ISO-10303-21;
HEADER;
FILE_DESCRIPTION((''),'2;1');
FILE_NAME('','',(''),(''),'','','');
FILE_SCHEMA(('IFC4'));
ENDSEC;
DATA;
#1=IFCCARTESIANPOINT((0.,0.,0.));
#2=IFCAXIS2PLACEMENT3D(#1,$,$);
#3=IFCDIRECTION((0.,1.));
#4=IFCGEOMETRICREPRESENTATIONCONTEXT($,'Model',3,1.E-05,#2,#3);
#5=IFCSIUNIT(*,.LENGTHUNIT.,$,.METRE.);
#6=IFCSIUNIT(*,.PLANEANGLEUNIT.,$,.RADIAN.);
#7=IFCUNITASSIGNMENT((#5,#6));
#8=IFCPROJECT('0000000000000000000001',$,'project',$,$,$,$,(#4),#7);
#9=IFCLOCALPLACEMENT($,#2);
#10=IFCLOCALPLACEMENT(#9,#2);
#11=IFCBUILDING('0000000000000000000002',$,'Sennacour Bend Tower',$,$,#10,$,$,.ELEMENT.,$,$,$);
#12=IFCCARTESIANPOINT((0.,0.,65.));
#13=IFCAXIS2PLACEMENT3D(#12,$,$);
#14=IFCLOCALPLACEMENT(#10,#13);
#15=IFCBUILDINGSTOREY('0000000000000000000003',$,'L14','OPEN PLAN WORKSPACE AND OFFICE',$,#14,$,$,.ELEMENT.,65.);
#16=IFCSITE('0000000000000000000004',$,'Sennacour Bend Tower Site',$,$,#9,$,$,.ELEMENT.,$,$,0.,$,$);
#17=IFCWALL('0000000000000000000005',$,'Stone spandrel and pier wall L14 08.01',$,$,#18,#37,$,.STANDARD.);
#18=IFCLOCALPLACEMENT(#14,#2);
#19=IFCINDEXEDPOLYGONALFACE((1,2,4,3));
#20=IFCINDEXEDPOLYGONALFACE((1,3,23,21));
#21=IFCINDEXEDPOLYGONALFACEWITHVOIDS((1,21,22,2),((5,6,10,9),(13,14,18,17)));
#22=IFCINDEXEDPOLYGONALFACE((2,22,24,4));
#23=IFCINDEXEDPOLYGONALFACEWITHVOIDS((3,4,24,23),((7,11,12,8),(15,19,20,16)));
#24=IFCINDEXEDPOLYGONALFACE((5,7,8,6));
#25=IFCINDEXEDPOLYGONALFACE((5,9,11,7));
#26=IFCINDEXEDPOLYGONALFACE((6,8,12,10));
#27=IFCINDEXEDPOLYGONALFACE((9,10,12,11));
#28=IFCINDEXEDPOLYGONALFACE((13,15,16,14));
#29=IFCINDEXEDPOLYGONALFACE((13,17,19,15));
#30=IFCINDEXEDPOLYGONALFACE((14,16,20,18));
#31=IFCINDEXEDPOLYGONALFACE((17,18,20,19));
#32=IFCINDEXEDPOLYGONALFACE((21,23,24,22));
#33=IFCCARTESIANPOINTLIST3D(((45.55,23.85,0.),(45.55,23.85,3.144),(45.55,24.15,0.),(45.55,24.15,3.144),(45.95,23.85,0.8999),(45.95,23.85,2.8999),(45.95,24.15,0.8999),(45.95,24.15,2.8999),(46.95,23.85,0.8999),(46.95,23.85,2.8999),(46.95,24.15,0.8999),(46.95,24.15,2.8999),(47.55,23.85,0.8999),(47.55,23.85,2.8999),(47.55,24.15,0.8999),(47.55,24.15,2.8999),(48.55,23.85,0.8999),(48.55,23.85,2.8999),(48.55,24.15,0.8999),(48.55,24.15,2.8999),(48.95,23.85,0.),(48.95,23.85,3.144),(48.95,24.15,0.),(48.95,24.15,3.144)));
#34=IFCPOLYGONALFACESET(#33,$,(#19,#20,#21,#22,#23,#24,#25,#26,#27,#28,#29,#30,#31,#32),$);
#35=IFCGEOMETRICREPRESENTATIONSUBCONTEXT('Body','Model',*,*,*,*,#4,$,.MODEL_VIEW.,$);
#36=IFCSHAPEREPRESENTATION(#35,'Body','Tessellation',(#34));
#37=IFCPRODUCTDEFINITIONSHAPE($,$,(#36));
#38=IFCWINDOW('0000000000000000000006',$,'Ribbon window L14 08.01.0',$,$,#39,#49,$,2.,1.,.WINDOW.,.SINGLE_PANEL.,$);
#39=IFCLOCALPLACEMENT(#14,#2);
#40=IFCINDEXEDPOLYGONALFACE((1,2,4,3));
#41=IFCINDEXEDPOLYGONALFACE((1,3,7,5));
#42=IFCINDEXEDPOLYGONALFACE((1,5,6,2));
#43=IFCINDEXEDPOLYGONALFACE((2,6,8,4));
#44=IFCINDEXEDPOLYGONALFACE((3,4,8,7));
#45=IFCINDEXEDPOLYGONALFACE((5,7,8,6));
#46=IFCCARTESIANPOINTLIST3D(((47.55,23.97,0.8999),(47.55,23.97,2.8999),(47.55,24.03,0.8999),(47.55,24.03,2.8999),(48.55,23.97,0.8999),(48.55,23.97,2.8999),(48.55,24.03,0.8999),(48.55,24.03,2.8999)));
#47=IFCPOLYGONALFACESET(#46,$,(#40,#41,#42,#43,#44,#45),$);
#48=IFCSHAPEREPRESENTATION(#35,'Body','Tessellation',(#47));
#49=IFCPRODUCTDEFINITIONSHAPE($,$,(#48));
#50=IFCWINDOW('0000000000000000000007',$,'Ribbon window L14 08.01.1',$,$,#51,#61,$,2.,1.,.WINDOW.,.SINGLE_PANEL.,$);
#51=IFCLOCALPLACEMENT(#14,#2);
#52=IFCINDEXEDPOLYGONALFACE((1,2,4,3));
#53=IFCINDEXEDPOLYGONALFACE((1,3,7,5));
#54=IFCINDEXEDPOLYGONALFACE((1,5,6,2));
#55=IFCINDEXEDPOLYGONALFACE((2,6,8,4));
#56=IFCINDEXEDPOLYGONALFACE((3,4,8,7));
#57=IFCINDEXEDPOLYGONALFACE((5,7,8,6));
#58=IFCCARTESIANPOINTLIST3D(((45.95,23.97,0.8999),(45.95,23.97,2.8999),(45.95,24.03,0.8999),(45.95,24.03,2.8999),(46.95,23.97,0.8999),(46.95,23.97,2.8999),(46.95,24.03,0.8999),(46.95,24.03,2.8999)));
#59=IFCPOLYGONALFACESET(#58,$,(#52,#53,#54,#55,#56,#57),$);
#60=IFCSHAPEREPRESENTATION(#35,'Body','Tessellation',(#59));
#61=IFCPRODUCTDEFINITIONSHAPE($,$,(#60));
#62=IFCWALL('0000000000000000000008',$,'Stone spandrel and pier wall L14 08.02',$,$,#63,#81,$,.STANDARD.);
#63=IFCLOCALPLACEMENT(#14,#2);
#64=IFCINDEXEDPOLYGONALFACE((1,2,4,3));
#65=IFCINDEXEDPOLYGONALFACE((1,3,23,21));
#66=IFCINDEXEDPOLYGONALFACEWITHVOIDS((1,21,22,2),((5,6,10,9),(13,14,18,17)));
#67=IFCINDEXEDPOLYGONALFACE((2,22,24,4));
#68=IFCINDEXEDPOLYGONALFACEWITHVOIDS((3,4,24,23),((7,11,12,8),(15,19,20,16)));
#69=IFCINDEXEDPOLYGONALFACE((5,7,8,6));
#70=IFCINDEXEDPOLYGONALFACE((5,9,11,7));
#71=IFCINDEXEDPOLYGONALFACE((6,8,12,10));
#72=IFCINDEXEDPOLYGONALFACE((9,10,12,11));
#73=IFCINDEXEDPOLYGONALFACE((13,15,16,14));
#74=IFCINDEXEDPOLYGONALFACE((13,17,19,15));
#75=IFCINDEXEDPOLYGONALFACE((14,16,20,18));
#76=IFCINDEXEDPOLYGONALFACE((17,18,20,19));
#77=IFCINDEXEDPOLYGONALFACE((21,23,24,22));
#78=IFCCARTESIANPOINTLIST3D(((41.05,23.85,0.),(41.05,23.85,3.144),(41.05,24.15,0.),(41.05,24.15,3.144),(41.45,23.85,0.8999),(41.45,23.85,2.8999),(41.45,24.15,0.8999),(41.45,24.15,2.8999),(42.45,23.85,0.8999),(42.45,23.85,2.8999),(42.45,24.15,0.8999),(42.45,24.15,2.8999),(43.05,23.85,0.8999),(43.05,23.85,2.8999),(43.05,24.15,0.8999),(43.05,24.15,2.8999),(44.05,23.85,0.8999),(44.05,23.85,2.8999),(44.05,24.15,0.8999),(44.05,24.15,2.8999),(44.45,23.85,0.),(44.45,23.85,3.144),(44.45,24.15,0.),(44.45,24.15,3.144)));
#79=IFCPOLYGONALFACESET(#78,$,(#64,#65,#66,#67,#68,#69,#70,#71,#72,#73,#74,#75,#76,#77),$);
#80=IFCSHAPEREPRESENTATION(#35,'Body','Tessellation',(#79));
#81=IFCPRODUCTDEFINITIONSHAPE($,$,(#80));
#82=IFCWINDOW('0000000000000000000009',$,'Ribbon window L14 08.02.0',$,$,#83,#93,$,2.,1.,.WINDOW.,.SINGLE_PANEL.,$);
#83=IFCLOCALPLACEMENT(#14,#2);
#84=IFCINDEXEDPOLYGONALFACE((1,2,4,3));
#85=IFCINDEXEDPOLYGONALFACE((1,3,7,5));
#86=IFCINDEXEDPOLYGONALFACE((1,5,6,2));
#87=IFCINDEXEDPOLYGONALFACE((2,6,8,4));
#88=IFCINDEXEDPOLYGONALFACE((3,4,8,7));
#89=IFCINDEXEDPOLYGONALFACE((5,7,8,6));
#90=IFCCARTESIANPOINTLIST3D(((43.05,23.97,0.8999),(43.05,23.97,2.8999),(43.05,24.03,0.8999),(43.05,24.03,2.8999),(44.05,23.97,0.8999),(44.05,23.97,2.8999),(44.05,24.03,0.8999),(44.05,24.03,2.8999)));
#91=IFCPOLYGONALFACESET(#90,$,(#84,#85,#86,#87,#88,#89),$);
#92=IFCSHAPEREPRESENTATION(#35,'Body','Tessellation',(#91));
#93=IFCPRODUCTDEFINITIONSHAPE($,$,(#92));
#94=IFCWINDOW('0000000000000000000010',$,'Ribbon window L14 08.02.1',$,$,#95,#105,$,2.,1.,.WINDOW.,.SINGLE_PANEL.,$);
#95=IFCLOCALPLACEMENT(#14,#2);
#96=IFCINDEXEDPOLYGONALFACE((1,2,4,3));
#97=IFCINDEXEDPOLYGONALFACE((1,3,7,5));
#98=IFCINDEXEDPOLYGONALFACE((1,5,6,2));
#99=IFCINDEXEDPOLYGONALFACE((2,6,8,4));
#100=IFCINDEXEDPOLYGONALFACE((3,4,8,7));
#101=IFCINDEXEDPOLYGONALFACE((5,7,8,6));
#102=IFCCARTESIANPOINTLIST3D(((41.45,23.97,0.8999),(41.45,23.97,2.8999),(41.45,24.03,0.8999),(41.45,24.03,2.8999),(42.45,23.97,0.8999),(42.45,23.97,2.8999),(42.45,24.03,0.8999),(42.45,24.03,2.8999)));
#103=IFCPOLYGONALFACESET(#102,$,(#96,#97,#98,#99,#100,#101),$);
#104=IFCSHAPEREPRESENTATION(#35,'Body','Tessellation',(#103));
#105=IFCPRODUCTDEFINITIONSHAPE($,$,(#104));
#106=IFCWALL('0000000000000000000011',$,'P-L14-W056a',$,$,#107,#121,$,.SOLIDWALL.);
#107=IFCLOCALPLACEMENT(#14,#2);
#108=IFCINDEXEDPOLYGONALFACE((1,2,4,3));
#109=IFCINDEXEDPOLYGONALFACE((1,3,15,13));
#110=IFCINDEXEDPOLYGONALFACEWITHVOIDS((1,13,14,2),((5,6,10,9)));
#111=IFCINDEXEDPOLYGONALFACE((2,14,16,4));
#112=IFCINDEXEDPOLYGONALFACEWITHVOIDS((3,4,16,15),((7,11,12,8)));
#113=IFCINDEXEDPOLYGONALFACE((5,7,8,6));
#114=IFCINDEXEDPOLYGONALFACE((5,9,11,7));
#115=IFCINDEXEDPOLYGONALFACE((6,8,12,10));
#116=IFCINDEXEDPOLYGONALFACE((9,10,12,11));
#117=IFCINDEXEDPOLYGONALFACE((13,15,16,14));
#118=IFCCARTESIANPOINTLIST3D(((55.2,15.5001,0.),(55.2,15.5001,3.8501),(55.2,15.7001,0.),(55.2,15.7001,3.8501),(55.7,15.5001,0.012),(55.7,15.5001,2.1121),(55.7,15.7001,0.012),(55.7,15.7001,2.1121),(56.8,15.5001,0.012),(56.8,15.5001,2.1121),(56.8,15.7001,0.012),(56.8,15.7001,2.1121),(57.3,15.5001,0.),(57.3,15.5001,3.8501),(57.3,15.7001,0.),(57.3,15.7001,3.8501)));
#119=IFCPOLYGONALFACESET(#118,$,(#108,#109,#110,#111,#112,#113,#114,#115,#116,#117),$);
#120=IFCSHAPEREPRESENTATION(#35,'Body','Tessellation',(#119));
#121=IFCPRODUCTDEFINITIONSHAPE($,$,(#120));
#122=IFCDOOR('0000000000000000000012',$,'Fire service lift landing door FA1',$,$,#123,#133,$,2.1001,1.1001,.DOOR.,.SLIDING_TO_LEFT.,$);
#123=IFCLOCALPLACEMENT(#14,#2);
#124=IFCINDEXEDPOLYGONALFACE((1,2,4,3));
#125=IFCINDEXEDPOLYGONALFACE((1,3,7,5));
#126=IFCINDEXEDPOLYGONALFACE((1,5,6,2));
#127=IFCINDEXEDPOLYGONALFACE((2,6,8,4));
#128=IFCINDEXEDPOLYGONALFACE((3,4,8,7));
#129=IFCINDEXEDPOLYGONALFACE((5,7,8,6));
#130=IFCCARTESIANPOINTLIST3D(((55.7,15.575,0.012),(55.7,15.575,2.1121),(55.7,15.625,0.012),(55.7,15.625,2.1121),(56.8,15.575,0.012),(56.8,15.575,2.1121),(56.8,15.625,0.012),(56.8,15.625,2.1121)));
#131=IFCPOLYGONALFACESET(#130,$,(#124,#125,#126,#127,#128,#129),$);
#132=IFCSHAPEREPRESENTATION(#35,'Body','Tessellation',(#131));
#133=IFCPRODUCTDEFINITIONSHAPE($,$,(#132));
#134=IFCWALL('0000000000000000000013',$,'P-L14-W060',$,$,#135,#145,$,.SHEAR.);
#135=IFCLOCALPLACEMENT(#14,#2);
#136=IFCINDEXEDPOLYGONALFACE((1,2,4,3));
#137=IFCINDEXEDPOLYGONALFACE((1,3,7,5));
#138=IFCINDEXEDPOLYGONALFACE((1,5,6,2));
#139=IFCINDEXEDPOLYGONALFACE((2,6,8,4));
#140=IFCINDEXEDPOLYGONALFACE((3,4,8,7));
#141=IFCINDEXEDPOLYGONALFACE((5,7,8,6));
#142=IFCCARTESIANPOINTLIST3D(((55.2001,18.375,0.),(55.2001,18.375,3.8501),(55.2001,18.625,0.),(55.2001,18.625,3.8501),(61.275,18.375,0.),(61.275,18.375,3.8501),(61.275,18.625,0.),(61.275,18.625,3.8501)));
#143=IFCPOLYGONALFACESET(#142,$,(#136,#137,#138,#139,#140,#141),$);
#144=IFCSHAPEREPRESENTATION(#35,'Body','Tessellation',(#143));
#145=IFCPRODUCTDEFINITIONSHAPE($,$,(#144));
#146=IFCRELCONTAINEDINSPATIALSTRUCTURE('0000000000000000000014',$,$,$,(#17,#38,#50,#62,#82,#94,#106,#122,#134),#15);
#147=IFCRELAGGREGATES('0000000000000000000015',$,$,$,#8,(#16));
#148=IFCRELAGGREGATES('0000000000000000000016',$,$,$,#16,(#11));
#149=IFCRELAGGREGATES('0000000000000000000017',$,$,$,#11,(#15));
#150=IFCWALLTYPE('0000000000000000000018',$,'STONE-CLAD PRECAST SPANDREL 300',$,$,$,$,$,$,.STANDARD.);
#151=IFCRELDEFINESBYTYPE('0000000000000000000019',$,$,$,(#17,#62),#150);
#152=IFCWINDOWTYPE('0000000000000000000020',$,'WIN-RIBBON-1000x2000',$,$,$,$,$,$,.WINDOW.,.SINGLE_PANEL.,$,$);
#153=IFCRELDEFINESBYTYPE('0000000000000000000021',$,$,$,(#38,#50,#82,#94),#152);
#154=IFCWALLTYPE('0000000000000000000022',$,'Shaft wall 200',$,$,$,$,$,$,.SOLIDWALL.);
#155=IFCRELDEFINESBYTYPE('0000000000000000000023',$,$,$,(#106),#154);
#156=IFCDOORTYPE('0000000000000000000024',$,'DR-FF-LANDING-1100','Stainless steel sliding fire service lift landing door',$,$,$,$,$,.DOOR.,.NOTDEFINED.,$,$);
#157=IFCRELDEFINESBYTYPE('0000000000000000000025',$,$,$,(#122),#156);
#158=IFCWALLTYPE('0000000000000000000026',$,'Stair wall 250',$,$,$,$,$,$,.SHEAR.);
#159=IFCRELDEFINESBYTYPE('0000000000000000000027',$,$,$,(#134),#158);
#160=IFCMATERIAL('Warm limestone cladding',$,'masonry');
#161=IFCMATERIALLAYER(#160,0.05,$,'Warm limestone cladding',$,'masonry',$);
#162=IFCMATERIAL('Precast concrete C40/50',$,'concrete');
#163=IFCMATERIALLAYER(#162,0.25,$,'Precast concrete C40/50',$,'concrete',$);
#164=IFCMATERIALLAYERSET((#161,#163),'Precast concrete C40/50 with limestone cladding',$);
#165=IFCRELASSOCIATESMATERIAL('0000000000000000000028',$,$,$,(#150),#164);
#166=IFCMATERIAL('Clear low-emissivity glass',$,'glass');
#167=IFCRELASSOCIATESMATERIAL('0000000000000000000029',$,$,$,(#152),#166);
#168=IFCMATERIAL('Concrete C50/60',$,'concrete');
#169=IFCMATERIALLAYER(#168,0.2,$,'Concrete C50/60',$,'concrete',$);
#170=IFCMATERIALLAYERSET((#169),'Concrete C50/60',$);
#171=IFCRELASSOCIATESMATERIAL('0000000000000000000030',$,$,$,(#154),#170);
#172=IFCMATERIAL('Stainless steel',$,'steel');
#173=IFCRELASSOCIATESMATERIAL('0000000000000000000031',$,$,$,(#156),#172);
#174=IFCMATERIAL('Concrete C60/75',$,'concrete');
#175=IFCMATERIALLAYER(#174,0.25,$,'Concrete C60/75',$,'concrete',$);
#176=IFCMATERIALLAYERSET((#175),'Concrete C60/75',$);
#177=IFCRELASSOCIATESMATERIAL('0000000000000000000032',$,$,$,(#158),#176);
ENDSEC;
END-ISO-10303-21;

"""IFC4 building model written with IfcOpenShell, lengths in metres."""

from ifc_helpers import new_model, si_unit, direction, frame, frame_2d, origin, place, context, subcontext, project, spatial, rectangle, extrude, material, layer, layer_set, type_object, element, fill, save


model = new_model("IFC4")

# Units and contexts
model_context = context("Model", 3, precision=1e-05, world=origin(), true_north=direction((0.0, 1.0)))
body_context = subcontext(model_context, "Body", "Model", "MODEL_VIEW")
ifc_project = project(units=[si_unit("LENGTHUNIT", "METRE"), si_unit("PLANEANGLEUNIT", "RADIAN")], contexts=[model_context])

# Site, building, storey
site_placement = place(None, origin())
site = spatial("IfcSite", under=ifc_project, at=site_placement, Name="Sennacour Bend Tower Site", CompositionType="ELEMENT", RefElevation=0.0)
building_placement = place(site_placement, origin())
building = spatial("IfcBuilding", under=site, at=building_placement, Name="Sennacour Bend Tower", CompositionType="ELEMENT")
storey_placement = place(building_placement, frame((0.0, 0.0, 65.0)))
storey = spatial("IfcBuildingStorey", under=building, at=storey_placement, Name="L14", Description="OPEN PLAN WORKSPACE AND OFFICE", CompositionType="ELEMENT", Elevation=65.0)

# Shared definitions
ifc_material_1 = material(Name="Warm limestone cladding", Category="masonry")
ifc_layer_1 = layer(ifc_material_1, 0.05, Name="Warm limestone cladding", Category="masonry")
ifc_material_2 = material(Name="Precast concrete C40/50", Category="concrete")
ifc_layer_2 = layer(ifc_material_2, 0.25, Name="Precast concrete C40/50", Category="concrete")
ifc_layer_set_1 = layer_set([ifc_layer_1, ifc_layer_2], Name="Precast concrete C40/50 with limestone cladding")
wall_type_1 = type_object("IfcWallType", Name="STONE-CLAD PRECAST SPANDREL 300", PredefinedType="STANDARD", material=ifc_layer_set_1)

# Walls, openings, windows
ifc_material_3 = material(Name="Clear low-emissivity glass", Category="glass")
window_type = type_object("IfcWindowType", Name="WIN-RIBBON-1000x2000", PartitioningType="SINGLE_PANEL", PredefinedType="WINDOW", material=ifc_material_3)
wall_1_placement = place(storey_placement, frame((48.95, 24.0, 0.0), z_axis=(0.0, 0.0, 1.0), x_axis=(-1.0, 0.0, 0.0)))
wall_1 = element("IfcWall", 1, at=wall_1_placement, inside=storey, type_object=wall_type_1, Name="Stone spandrel and pier wall L14 08.01", PredefinedType="STANDARD", context=body_context, shape_type="SweptSolid", body=[
    extrude(rectangle(XDim=3.3999, YDim=0.3, at=frame_2d((1.7, 0.0))), origin(), (0.0, 0.0, 1.0), 3.144),
])
opening_1_placement = place(wall_1_placement, frame((0.3999, 0.0, 0.8999)))
opening_1 = element("IfcOpeningElement", 2, at=opening_1_placement, cuts=wall_1, PredefinedType="OPENING", context=body_context, shape_type="SweptSolid", body=[
    extrude(rectangle(XDim=1.0, YDim=2.0, at=frame_2d((0.5, 1.0))), frame((0.0, 0.1602, 0.0), z_axis=(0.0, -1.0, 0.0), x_axis=(1.0, 0.0, 0.0)), (0.0, 0.0, 1.0), 0.3201),
])
opening_2_placement = place(wall_1_placement, frame((2.0, 0.0, 0.8999)))
opening_2 = element("IfcOpeningElement", 3, at=opening_2_placement, cuts=wall_1, PredefinedType="OPENING", context=body_context, shape_type="SweptSolid", body=[
    extrude(rectangle(XDim=1.0, YDim=2.0, at=frame_2d((0.5, 1.0))), frame((0.0, 0.1602, 0.0), z_axis=(0.0, -1.0, 0.0), x_axis=(1.0, 0.0, 0.0)), (0.0, 0.0, 1.0), 0.3201),
])
window_1_placement = place(opening_1_placement, origin())
window_1 = element("IfcWindow", 4, at=window_1_placement, inside=storey, type_object=window_type, Name="Ribbon window L14 08.01.0", OverallHeight=2.0, OverallWidth=1.0, PartitioningType="SINGLE_PANEL", PredefinedType="WINDOW", context=body_context, shape_type="SweptSolid", body=[
    extrude(rectangle(XDim=1.0, YDim=2.0, at=frame_2d((0.5, 1.0))), frame((0.0, 0.03, 0.0), z_axis=(0.0, -1.0, 0.0), x_axis=(1.0, 0.0, 0.0)), (0.0, 0.0, 1.0), 0.0601),
])
fill(opening_1, window_1)
window_2_placement = place(opening_2_placement, origin())
window_2 = element("IfcWindow", 5, at=window_2_placement, inside=storey, type_object=window_type, Name="Ribbon window L14 08.01.1", OverallHeight=2.0, OverallWidth=1.0, PartitioningType="SINGLE_PANEL", PredefinedType="WINDOW", context=body_context, shape_type="SweptSolid", body=[
    extrude(rectangle(XDim=1.0, YDim=2.0, at=frame_2d((0.5, 1.0))), frame((0.0, 0.03, 0.0), z_axis=(0.0, -1.0, 0.0), x_axis=(1.0, 0.0, 0.0)), (0.0, 0.0, 1.0), 0.0601),
])
fill(opening_2, window_2)
wall_2_placement = place(storey_placement, frame((44.45, 24.0, 0.0), z_axis=(0.0, 0.0, 1.0), x_axis=(-1.0, 0.0, 0.0)))
wall_2 = element("IfcWall", 6, at=wall_2_placement, inside=storey, type_object=wall_type_1, Name="Stone spandrel and pier wall L14 08.02", PredefinedType="STANDARD", context=body_context, shape_type="SweptSolid", body=[
    extrude(rectangle(XDim=3.3999, YDim=0.3, at=frame_2d((1.7, 0.0))), origin(), (0.0, 0.0, 1.0), 3.144),
])
opening_3_placement = place(wall_2_placement, frame((0.3999, 0.0, 0.8999)))
opening_3 = element("IfcOpeningElement", 7, at=opening_3_placement, cuts=wall_2, PredefinedType="OPENING", context=body_context, shape_type="SweptSolid", body=[
    extrude(rectangle(XDim=1.0, YDim=2.0, at=frame_2d((0.5, 1.0))), frame((0.0, 0.1602, 0.0), z_axis=(0.0, -1.0, 0.0), x_axis=(1.0, 0.0, 0.0)), (0.0, 0.0, 1.0), 0.3201),
])
opening_4_placement = place(wall_2_placement, frame((2.0, 0.0, 0.8999)))
opening_4 = element("IfcOpeningElement", 8, at=opening_4_placement, cuts=wall_2, PredefinedType="OPENING", context=body_context, shape_type="SweptSolid", body=[
    extrude(rectangle(XDim=1.0, YDim=2.0, at=frame_2d((0.5, 1.0))), frame((0.0, 0.1602, 0.0), z_axis=(0.0, -1.0, 0.0), x_axis=(1.0, 0.0, 0.0)), (0.0, 0.0, 1.0), 0.3201),
])
window_3_placement = place(opening_3_placement, origin())
window_3 = element("IfcWindow", 9, at=window_3_placement, inside=storey, type_object=window_type, Name="Ribbon window L14 08.02.0", OverallHeight=2.0, OverallWidth=1.0, PartitioningType="SINGLE_PANEL", PredefinedType="WINDOW", context=body_context, shape_type="SweptSolid", body=[
    extrude(rectangle(XDim=1.0, YDim=2.0, at=frame_2d((0.5, 1.0))), frame((0.0, 0.03, 0.0), z_axis=(0.0, -1.0, 0.0), x_axis=(1.0, 0.0, 0.0)), (0.0, 0.0, 1.0), 0.0601),
])
fill(opening_3, window_3)
window_4_placement = place(opening_4_placement, origin())
window_4 = element("IfcWindow", 10, at=window_4_placement, inside=storey, type_object=window_type, Name="Ribbon window L14 08.02.1", OverallHeight=2.0, OverallWidth=1.0, PartitioningType="SINGLE_PANEL", PredefinedType="WINDOW", context=body_context, shape_type="SweptSolid", body=[
    extrude(rectangle(XDim=1.0, YDim=2.0, at=frame_2d((0.5, 1.0))), frame((0.0, 0.03, 0.0), z_axis=(0.0, -1.0, 0.0), x_axis=(1.0, 0.0, 0.0)), (0.0, 0.0, 1.0), 0.0601),
])
fill(opening_4, window_4)

# Wall, opening, door
ifc_material_4 = material(Name="Concrete C50/60", Category="concrete")
ifc_layer_3 = layer(ifc_material_4, 0.2, Name="Concrete C50/60", Category="concrete")
ifc_layer_set_2 = layer_set([ifc_layer_3], Name="Concrete C50/60")
wall_type_2 = type_object("IfcWallType", Name="Shaft wall 200", PredefinedType="SOLIDWALL", material=ifc_layer_set_2)
wall_3_placement = place(storey_placement, frame((55.2, 15.6001, 0.0), z_axis=(0.0, 0.0, 1.0), x_axis=(1.0, 0.0, 0.0)))
wall_3 = element("IfcWall", 11, at=wall_3_placement, inside=storey, type_object=wall_type_2, Name="P-L14-W056a", PredefinedType="SOLIDWALL", context=body_context, shape_type="SweptSolid", body=[
    extrude(rectangle(XDim=2.1001, YDim=0.2, at=frame_2d((1.05, 0.0))), origin(), (0.0, 0.0, 1.0), 3.8501),
])
opening_5_placement = place(wall_3_placement, frame((0.5, 0.0, 0.012)))
opening_5 = element("IfcOpeningElement", 12, at=opening_5_placement, cuts=wall_3, PredefinedType="OPENING", context=body_context, shape_type="SweptSolid", body=[
    extrude(rectangle(XDim=1.1001, YDim=2.1001, at=frame_2d((0.55, 1.05))), frame((0.0, 0.1099, 0.0), z_axis=(0.0, -1.0, 0.0), x_axis=(1.0, 0.0, 0.0)), (0.0, 0.0, 1.0), 0.22),
])
ifc_material_5 = material(Name="Stainless steel", Category="steel")
door_type_1 = type_object("IfcDoorType", Name="DR-FF-LANDING-1100", Description="Stainless steel sliding fire service lift landing door", OperationType="NOTDEFINED", PredefinedType="DOOR", material=ifc_material_5)
door_1_placement = place(opening_5_placement, origin())
door_1 = element("IfcDoor", 13, at=door_1_placement, inside=storey, type_object=door_type_1, Name="Fire service lift landing door FA1", OperationType="SLIDING_TO_LEFT", OverallHeight=2.1001, OverallWidth=1.1001, PredefinedType="DOOR", context=body_context, shape_type="SweptSolid", body=[
    extrude(rectangle(XDim=1.1001, YDim=2.1001, at=frame_2d((0.55, 1.05))), frame((0.0, 0.0249, 0.0), z_axis=(0.0, -1.0, 0.0), x_axis=(1.0, 0.0, 0.0)), (0.0, 0.0, 1.0), 0.05),
])
fill(opening_5, door_1)

# Wall
ifc_material_6 = material(Name="Concrete C60/75", Category="concrete")
ifc_layer_4 = layer(ifc_material_6, 0.25, Name="Concrete C60/75", Category="concrete")
ifc_layer_set_3 = layer_set([ifc_layer_4], Name="Concrete C60/75")
wall_type_3 = type_object("IfcWallType", Name="Stair wall 250", PredefinedType="SHEAR", material=ifc_layer_set_3)
wall_4_placement = place(storey_placement, frame((55.2, 18.5, 0.0), z_axis=(0.0, 0.0, 1.0), x_axis=(1.0, 0.0, 0.0)))
element("IfcWall", 14, at=wall_4_placement, inside=storey, type_object=wall_type_3, Name="P-L14-W060", PredefinedType="SHEAR", context=body_context, shape_type="SweptSolid", body=[
    extrude(rectangle(XDim=6.075, YDim=0.25, at=frame_2d((3.0376, 0.0))), origin(), (0.0, 0.0, 1.0), 3.8501),
])

save(model, "model.ifc")
